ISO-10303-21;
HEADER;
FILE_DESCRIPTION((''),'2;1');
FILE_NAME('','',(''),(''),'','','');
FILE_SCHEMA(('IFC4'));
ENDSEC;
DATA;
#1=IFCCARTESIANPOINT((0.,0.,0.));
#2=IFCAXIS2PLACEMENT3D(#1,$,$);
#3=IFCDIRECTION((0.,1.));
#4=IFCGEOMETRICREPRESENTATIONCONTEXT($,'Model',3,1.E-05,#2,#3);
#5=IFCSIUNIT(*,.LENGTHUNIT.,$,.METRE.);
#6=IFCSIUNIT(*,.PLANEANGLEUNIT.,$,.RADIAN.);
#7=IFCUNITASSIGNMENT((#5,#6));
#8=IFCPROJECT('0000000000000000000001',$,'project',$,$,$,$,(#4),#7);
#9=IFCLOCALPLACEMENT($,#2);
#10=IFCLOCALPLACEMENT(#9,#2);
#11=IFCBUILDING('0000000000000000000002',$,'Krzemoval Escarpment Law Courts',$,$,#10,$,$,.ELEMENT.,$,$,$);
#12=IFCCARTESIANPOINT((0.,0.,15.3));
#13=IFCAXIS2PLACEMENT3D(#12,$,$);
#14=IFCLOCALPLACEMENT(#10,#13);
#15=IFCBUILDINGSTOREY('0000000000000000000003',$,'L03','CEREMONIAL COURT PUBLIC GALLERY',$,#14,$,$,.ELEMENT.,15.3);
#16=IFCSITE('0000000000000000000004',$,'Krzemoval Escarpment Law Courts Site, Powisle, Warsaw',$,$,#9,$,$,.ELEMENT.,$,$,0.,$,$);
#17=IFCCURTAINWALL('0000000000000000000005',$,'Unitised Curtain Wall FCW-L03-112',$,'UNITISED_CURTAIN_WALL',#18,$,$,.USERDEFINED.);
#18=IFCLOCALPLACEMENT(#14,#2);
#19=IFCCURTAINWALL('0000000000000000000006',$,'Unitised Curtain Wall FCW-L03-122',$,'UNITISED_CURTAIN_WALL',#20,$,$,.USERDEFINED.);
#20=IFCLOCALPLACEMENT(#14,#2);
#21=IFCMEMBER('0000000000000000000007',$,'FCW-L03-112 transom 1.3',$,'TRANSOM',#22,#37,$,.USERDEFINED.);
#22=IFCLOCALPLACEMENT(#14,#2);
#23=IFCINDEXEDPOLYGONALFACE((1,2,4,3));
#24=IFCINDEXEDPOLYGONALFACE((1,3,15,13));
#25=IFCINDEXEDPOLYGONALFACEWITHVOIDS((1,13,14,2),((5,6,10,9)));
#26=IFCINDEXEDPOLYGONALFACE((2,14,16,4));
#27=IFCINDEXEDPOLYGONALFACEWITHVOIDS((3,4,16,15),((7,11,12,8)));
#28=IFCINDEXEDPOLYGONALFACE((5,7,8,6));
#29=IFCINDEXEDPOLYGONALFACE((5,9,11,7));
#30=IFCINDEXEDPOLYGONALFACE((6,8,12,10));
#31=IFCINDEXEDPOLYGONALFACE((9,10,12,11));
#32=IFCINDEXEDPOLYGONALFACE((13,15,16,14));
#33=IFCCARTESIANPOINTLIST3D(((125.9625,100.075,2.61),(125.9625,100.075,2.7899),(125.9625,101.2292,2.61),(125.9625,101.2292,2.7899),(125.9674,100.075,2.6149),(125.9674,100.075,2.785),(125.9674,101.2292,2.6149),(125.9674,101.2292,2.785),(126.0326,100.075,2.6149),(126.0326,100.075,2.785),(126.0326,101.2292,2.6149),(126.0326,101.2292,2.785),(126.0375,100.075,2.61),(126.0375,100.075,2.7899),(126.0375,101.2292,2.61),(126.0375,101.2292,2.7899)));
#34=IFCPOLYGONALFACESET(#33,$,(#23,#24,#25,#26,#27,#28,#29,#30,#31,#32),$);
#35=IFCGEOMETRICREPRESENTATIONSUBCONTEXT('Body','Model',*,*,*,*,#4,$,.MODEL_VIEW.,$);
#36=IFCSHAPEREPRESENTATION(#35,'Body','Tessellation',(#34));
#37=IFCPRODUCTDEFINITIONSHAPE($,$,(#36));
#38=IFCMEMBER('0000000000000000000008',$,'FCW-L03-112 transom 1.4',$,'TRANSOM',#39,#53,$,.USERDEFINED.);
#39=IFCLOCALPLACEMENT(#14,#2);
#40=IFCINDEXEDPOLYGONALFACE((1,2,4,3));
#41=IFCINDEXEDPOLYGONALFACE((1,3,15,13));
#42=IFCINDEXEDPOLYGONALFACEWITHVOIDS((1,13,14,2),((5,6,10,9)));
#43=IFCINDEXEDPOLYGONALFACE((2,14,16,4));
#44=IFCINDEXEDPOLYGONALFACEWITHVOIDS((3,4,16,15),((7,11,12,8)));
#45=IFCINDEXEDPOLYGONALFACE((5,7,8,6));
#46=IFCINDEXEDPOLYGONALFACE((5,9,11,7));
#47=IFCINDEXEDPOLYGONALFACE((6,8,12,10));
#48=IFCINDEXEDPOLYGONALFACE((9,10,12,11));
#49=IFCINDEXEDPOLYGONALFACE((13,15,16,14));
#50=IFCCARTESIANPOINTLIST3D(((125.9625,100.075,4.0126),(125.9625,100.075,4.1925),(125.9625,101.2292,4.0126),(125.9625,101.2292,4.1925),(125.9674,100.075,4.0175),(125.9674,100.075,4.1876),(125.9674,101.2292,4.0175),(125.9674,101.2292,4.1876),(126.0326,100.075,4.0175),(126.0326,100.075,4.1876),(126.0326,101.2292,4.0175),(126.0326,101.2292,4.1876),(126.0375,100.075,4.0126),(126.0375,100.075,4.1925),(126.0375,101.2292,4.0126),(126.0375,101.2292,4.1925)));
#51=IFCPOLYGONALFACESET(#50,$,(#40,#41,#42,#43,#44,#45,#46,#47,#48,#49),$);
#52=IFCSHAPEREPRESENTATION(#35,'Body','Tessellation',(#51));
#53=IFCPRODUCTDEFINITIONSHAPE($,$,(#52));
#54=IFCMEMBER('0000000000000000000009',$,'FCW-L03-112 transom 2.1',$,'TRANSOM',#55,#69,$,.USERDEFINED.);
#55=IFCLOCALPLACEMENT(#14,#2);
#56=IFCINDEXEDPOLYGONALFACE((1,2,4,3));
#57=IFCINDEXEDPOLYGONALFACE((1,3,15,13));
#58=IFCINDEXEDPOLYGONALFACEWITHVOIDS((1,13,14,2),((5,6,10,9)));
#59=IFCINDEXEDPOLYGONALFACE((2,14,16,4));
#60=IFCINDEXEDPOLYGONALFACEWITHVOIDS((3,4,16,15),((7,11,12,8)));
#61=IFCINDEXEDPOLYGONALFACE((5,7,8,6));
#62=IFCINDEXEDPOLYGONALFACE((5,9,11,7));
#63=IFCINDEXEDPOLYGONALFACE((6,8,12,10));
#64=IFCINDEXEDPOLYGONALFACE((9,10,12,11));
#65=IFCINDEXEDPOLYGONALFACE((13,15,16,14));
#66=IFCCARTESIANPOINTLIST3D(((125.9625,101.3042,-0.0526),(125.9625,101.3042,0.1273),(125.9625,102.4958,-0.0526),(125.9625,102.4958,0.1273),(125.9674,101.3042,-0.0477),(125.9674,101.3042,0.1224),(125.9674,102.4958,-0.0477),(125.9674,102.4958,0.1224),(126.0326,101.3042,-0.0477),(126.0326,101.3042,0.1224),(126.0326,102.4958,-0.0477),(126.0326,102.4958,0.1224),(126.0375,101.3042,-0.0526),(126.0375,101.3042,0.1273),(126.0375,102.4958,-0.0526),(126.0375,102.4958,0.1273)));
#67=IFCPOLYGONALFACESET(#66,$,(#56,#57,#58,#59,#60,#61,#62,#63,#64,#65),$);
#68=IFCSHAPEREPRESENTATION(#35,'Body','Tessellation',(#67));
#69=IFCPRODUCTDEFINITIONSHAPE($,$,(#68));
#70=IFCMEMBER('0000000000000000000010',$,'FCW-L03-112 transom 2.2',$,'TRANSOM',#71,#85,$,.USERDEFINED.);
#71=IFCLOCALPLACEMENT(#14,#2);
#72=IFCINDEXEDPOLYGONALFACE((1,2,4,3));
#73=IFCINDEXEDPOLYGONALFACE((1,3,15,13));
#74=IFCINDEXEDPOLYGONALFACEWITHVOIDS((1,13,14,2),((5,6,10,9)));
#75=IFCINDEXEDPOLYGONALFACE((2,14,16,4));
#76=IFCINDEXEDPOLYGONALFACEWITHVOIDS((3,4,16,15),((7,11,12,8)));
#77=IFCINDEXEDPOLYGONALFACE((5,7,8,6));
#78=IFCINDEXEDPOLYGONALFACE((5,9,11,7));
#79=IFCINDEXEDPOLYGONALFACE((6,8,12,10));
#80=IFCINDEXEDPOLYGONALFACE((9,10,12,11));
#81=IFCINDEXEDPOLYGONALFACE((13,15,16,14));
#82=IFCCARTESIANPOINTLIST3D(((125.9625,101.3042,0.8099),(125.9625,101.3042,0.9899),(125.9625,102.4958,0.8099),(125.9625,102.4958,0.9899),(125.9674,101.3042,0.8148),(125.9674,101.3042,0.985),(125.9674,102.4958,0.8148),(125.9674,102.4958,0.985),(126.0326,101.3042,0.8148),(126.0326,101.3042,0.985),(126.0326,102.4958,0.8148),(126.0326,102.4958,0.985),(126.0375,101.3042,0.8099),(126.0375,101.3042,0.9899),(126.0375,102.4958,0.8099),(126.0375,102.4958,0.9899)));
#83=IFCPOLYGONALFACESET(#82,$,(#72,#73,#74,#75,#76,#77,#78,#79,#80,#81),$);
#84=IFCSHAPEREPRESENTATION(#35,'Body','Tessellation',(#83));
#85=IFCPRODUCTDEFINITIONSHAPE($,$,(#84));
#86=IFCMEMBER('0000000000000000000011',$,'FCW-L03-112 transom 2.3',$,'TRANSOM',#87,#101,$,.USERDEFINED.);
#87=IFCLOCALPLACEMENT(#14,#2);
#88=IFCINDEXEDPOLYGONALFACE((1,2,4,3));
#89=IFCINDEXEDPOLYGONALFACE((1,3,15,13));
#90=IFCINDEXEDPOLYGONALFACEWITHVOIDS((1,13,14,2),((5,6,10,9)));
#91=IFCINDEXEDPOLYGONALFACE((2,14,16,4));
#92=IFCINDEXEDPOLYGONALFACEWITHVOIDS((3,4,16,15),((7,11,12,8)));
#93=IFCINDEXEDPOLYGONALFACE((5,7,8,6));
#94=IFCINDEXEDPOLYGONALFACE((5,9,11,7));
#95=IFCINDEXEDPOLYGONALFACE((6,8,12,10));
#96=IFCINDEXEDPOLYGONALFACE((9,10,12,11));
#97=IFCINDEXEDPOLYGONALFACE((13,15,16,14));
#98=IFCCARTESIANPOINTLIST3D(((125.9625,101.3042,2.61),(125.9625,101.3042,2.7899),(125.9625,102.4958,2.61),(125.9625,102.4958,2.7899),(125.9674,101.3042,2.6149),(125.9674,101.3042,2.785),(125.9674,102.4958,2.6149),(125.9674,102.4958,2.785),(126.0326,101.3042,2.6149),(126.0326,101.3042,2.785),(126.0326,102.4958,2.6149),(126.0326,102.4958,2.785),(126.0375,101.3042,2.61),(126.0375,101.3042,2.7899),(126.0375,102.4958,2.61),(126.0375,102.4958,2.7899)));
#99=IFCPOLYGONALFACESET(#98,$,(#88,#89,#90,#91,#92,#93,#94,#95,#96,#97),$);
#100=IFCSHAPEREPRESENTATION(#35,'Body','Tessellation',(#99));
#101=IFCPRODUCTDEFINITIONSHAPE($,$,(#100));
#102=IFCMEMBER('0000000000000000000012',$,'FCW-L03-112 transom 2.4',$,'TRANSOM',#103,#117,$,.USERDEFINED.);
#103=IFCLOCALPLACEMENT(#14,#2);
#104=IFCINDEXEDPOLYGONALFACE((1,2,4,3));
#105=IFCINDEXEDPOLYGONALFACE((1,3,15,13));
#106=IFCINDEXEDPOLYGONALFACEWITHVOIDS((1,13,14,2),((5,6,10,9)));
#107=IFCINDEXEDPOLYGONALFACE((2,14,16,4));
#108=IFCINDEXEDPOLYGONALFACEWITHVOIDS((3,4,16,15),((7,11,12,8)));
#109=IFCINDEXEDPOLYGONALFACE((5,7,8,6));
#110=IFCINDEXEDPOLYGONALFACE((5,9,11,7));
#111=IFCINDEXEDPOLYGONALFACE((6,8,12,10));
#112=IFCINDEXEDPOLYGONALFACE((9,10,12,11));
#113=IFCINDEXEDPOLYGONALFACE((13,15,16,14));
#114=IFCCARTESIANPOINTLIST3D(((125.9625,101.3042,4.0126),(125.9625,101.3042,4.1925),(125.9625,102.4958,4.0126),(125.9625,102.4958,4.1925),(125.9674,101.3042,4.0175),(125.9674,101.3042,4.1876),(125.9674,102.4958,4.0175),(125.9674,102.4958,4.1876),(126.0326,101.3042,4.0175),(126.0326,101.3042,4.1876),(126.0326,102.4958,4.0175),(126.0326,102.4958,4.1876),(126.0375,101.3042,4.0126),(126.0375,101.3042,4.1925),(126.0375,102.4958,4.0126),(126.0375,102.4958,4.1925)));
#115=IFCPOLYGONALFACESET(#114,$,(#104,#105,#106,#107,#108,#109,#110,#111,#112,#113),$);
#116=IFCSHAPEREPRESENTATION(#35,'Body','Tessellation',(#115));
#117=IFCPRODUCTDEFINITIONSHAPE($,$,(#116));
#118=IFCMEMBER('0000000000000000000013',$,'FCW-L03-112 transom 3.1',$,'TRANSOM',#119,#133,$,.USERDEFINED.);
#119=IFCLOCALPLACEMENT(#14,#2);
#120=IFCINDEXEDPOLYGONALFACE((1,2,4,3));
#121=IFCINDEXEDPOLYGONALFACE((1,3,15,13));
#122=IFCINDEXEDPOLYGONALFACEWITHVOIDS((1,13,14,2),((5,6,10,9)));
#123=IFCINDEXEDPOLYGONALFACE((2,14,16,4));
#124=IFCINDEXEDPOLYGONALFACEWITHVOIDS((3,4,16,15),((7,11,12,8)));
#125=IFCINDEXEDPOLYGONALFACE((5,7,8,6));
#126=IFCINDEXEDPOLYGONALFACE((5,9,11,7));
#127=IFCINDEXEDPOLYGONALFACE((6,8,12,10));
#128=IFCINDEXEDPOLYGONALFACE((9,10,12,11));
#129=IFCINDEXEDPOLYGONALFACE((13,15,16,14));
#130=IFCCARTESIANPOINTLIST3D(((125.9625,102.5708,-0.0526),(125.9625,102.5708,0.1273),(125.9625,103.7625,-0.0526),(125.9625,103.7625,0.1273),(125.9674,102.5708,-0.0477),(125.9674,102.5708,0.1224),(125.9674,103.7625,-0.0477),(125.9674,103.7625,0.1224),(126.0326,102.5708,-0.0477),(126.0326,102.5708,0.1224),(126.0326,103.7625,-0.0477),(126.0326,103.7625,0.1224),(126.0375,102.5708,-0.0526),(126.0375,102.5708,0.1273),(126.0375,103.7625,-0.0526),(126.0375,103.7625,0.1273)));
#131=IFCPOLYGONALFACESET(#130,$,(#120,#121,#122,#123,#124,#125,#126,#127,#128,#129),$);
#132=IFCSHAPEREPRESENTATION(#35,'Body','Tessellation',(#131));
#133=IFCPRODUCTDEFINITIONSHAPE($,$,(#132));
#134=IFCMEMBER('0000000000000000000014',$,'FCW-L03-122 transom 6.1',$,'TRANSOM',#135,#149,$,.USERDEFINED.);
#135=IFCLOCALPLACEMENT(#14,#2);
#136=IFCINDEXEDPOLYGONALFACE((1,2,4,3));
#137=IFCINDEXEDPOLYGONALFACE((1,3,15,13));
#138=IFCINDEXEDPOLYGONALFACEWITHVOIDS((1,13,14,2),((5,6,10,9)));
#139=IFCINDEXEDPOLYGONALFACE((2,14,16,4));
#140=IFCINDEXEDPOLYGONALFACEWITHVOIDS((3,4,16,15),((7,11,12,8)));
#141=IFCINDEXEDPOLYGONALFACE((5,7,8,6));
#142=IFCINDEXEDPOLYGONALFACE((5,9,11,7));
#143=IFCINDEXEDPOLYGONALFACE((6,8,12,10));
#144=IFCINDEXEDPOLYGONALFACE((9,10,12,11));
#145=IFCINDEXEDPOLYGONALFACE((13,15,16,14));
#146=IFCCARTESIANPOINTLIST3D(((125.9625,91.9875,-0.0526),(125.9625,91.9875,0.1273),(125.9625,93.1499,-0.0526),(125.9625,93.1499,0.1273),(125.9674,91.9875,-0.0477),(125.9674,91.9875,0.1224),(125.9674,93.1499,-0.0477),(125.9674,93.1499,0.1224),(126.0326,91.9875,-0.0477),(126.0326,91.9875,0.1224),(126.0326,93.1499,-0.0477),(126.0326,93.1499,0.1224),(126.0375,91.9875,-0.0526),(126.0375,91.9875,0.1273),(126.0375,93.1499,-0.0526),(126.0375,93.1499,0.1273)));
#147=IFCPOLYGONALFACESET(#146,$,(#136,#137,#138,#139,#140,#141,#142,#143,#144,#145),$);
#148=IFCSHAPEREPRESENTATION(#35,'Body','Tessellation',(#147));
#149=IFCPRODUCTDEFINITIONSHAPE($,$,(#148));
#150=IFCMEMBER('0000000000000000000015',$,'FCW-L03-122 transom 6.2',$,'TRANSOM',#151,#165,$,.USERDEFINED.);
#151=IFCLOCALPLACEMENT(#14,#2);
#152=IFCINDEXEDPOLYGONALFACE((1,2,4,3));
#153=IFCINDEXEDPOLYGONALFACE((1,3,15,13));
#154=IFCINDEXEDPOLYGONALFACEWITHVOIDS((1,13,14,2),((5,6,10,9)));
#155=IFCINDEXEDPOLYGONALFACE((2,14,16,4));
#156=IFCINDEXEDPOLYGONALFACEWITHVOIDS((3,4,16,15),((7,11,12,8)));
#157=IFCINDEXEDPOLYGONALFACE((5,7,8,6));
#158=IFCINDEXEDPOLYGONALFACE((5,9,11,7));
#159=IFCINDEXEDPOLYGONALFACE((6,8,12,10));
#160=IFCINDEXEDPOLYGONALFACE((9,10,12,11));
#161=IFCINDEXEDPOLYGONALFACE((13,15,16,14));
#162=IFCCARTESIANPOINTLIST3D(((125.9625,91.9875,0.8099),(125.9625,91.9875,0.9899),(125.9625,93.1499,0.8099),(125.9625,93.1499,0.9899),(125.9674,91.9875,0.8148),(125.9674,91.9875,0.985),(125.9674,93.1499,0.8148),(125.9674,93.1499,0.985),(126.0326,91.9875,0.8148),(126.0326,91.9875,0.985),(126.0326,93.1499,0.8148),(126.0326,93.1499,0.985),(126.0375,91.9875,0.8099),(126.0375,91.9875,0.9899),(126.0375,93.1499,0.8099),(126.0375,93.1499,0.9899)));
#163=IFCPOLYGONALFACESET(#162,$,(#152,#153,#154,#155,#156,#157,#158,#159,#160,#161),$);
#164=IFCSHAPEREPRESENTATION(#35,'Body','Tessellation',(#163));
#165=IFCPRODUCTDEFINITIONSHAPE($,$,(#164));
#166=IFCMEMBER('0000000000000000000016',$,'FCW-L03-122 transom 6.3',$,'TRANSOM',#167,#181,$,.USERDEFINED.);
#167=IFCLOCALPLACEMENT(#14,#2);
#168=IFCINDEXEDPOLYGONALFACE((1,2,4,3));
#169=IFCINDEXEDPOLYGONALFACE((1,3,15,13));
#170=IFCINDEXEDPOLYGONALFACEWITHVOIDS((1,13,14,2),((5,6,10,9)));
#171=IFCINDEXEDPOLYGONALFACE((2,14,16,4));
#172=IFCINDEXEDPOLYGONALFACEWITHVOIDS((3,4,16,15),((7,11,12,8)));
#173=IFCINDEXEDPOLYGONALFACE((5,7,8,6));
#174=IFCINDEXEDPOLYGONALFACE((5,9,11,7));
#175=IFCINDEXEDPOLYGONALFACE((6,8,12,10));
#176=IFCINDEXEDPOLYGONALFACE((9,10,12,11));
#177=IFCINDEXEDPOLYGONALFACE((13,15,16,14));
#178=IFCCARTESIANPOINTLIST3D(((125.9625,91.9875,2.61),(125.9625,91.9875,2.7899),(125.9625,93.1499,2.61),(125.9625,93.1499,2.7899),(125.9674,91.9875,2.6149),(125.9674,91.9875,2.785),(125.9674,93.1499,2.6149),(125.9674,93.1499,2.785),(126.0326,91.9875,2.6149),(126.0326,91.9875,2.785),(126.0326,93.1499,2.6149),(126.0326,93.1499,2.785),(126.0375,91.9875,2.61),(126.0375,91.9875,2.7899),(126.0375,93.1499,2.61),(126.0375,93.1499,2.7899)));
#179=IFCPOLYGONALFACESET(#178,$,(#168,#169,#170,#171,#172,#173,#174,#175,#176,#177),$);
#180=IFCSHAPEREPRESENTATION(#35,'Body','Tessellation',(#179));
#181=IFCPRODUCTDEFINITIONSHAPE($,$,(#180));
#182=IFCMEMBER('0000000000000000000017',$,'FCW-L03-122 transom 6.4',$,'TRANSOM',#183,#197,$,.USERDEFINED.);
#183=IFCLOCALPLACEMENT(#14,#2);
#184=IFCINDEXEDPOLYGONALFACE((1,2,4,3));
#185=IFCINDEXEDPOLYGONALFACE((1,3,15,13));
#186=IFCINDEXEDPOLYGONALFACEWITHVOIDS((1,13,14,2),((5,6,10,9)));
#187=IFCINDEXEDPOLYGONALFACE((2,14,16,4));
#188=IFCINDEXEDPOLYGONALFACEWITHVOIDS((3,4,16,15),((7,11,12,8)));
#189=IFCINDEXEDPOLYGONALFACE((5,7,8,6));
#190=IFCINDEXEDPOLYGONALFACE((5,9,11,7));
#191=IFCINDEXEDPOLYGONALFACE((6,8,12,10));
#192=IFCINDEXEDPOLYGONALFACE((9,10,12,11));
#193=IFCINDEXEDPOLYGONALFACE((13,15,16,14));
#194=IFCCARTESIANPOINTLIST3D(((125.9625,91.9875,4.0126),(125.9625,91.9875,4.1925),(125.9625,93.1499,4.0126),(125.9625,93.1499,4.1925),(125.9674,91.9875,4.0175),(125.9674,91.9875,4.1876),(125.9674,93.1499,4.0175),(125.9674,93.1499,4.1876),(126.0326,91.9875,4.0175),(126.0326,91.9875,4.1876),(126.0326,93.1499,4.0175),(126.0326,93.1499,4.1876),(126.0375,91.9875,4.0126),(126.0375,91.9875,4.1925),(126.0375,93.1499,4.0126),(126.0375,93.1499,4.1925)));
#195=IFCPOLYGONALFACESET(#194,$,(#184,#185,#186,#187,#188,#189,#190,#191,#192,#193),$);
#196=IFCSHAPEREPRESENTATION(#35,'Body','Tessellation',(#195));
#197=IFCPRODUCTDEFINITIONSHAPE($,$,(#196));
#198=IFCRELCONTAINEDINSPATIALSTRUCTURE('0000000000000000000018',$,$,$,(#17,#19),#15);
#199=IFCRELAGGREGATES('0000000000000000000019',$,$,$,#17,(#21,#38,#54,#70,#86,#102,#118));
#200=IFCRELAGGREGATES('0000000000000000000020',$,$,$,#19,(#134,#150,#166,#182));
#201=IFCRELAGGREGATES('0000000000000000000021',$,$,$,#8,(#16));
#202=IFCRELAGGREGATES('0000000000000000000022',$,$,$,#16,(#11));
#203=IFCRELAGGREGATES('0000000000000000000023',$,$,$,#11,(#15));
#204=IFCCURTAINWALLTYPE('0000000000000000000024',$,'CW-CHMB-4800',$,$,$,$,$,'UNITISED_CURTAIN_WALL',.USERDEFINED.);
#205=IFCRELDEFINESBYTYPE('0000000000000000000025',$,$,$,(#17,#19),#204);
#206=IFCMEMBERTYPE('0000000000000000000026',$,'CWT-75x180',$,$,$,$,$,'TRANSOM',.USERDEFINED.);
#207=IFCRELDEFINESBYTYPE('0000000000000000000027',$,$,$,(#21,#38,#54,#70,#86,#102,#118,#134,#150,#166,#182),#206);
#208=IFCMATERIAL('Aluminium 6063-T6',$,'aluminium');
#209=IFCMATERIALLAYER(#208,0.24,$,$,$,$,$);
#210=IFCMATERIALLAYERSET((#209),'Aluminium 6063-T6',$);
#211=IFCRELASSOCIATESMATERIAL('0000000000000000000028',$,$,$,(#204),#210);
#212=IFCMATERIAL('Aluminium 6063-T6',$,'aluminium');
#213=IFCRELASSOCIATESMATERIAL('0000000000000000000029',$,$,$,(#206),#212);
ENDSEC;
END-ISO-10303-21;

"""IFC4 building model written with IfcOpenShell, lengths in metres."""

from ifc_helpers import new_model, si_unit, direction, frame, origin, origin_2d, place, context, subcontext, project, spatial, hollow_rectangle, extrude, material, layer, layer_set, material_profile, profile_set, type_object, element, aggregate, save


model = new_model("IFC4")

# Units and contexts
model_context = context("Model", 3, precision=1e-05, world=origin(), true_north=direction((0.0, 1.0)))
body_context = subcontext(model_context, "Body", "Model", "MODEL_VIEW")
ifc_project = project(units=[si_unit("LENGTHUNIT", "METRE"), si_unit("PLANEANGLEUNIT", "RADIAN")], contexts=[model_context])

# Site, building, storey
site_placement = place(None, origin())
site = spatial("IfcSite", under=ifc_project, at=site_placement, Name="Krzemoval Escarpment Law Courts Site, Powisle, Warsaw", CompositionType="ELEMENT", RefElevation=0.0)
building_placement = place(site_placement, origin())
building = spatial("IfcBuilding", under=site, at=building_placement, Name="Krzemoval Escarpment Law Courts", CompositionType="ELEMENT")
storey_placement = place(building_placement, frame((0.0, 0.0, 15.3)))
storey = spatial("IfcBuildingStorey", under=building, at=storey_placement, Name="L03", Description="CEREMONIAL COURT PUBLIC GALLERY", CompositionType="ELEMENT", Elevation=15.3)

# Curtain wall
ifc_material_1 = material(Name="Aluminium 6063-T6", Category="aluminium")
ifc_layer_1 = layer(ifc_material_1, 0.24)
ifc_layer_set_1 = layer_set([ifc_layer_1], Name="Aluminium 6063-T6")
curtain_wall_type = type_object("IfcCurtainWallType", Name="CW-CHMB-4800", ElementType="UNITISED_CURTAIN_WALL", PredefinedType="USERDEFINED", material=ifc_layer_set_1)
curtain_wall_1_placement = place(storey_placement, origin())
curtain_wall_1 = element("IfcCurtainWall", 1, at=curtain_wall_1_placement, inside=storey, type_object=curtain_wall_type, Name="Unitised Curtain Wall FCW-L03-112", ObjectType="UNITISED_CURTAIN_WALL", PredefinedType="USERDEFINED")

# Curtain wall
curtain_wall_2_placement = place(storey_placement, origin())
curtain_wall_2 = element("IfcCurtainWall", 2, at=curtain_wall_2_placement, inside=storey, type_object=curtain_wall_type, Name="Unitised Curtain Wall FCW-L03-122", ObjectType="UNITISED_CURTAIN_WALL", PredefinedType="USERDEFINED")

# Members
ifc_material_2 = material(Name="Aluminium 6063-T6", Category="aluminium")
ifc_material_profile_1 = material_profile(ifc_material_2, hollow_rectangle(XDim=0.075, YDim=0.1799, WallThickness=0.0049, at=origin_2d()), Name="ALU T75x180")
ifc_profile_set_1 = profile_set([ifc_material_profile_1], Name="Aluminium 6063-T6")
member_type_1 = type_object("IfcMemberType", Name="CWT-75x180", ElementType="TRANSOM", PredefinedType="USERDEFINED", material=ifc_profile_set_1)
member_1_placement = place(storey_placement, frame((126.0, 100.075, 2.7), z_axis=(0.0, 1.0, 0.0), x_axis=(-1.0, 0.0, 0.0)))
member_1 = element("IfcMember", 3, at=member_1_placement, type_object=member_type_1, Name="FCW-L03-112 transom 1.3", ObjectType="TRANSOM", PredefinedType="USERDEFINED", context=body_context, shape_type="SweptSolid", body=[
    extrude(hollow_rectangle(XDim=0.075, YDim=0.1799, WallThickness=0.0049, at=origin_2d()), origin(), (0.0, 0.0, 1.0), 1.1543),
])
member_2_placement = place(storey_placement, frame((126.0, 100.075, 4.1025), z_axis=(0.0, 1.0, 0.0), x_axis=(-1.0, 0.0, 0.0)))
member_2 = element("IfcMember", 4, at=member_2_placement, type_object=member_type_1, Name="FCW-L03-112 transom 1.4", ObjectType="TRANSOM", PredefinedType="USERDEFINED", context=body_context, shape_type="SweptSolid", body=[
    extrude(hollow_rectangle(XDim=0.075, YDim=0.1799, WallThickness=0.0049, at=origin_2d()), origin(), (0.0, 0.0, 1.0), 1.1543),
])
member_3_placement = place(storey_placement, frame((126.0, 101.3042, 0.0374), z_axis=(0.0, 1.0, 0.0), x_axis=(-1.0, 0.0, 0.0)))
member_3 = element("IfcMember", 5, at=member_3_placement, type_object=member_type_1, Name="FCW-L03-112 transom 2.1", ObjectType="TRANSOM", PredefinedType="USERDEFINED", context=body_context, shape_type="SweptSolid", body=[
    extrude(hollow_rectangle(XDim=0.075, YDim=0.1799, WallThickness=0.0049, at=origin_2d()), origin(), (0.0, 0.0, 1.0), 1.1917),
])
member_4_placement = place(storey_placement, frame((126.0, 101.3042, 0.8999), z_axis=(0.0, 1.0, 0.0), x_axis=(-1.0, 0.0, 0.0)))
member_4 = element("IfcMember", 6, at=member_4_placement, type_object=member_type_1, Name="FCW-L03-112 transom 2.2", ObjectType="TRANSOM", PredefinedType="USERDEFINED", context=body_context, shape_type="SweptSolid", body=[
    extrude(hollow_rectangle(XDim=0.075, YDim=0.1799, WallThickness=0.0049, at=origin_2d()), origin(), (0.0, 0.0, 1.0), 1.1917),
])
member_5_placement = place(storey_placement, frame((126.0, 101.3042, 2.7), z_axis=(0.0, 1.0, 0.0), x_axis=(-1.0, 0.0, 0.0)))
member_5 = element("IfcMember", 7, at=member_5_placement, type_object=member_type_1, Name="FCW-L03-112 transom 2.3", ObjectType="TRANSOM", PredefinedType="USERDEFINED", context=body_context, shape_type="SweptSolid", body=[
    extrude(hollow_rectangle(XDim=0.075, YDim=0.1799, WallThickness=0.0049, at=origin_2d()), origin(), (0.0, 0.0, 1.0), 1.1917),
])
member_6_placement = place(storey_placement, frame((126.0, 101.3042, 4.1025), z_axis=(0.0, 1.0, 0.0), x_axis=(-1.0, 0.0, 0.0)))
member_6 = element("IfcMember", 8, at=member_6_placement, type_object=member_type_1, Name="FCW-L03-112 transom 2.4", ObjectType="TRANSOM", PredefinedType="USERDEFINED", context=body_context, shape_type="SweptSolid", body=[
    extrude(hollow_rectangle(XDim=0.075, YDim=0.1799, WallThickness=0.0049, at=origin_2d()), origin(), (0.0, 0.0, 1.0), 1.1917),
])
member_7_placement = place(storey_placement, frame((126.0, 102.5708, 0.0374), z_axis=(0.0, 1.0, 0.0), x_axis=(-1.0, 0.0, 0.0)))
member_7 = element("IfcMember", 9, at=member_7_placement, type_object=member_type_1, Name="FCW-L03-112 transom 3.1", ObjectType="TRANSOM", PredefinedType="USERDEFINED", context=body_context, shape_type="SweptSolid", body=[
    extrude(hollow_rectangle(XDim=0.075, YDim=0.1799, WallThickness=0.0049, at=origin_2d()), origin(), (0.0, 0.0, 1.0), 1.1917),
])
member_8_placement = place(storey_placement, frame((126.0, 91.9875, 0.0374), z_axis=(0.0, 1.0, 0.0), x_axis=(-1.0, 0.0, 0.0)))
member_8 = element("IfcMember", 10, at=member_8_placement, type_object=member_type_1, Name="FCW-L03-122 transom 6.1", ObjectType="TRANSOM", PredefinedType="USERDEFINED", context=body_context, shape_type="SweptSolid", body=[
    extrude(hollow_rectangle(XDim=0.075, YDim=0.1799, WallThickness=0.0049, at=origin_2d()), origin(), (0.0, 0.0, 1.0), 1.1624),
])
member_9_placement = place(storey_placement, frame((126.0, 91.9875, 0.8999), z_axis=(0.0, 1.0, 0.0), x_axis=(-1.0, 0.0, 0.0)))
member_9 = element("IfcMember", 11, at=member_9_placement, type_object=member_type_1, Name="FCW-L03-122 transom 6.2", ObjectType="TRANSOM", PredefinedType="USERDEFINED", context=body_context, shape_type="SweptSolid", body=[
    extrude(hollow_rectangle(XDim=0.075, YDim=0.1799, WallThickness=0.0049, at=origin_2d()), origin(), (0.0, 0.0, 1.0), 1.1624),
])
member_10_placement = place(storey_placement, frame((126.0, 91.9875, 2.7), z_axis=(0.0, 1.0, 0.0), x_axis=(-1.0, 0.0, 0.0)))
member_10 = element("IfcMember", 12, at=member_10_placement, type_object=member_type_1, Name="FCW-L03-122 transom 6.3", ObjectType="TRANSOM", PredefinedType="USERDEFINED", context=body_context, shape_type="SweptSolid", body=[
    extrude(hollow_rectangle(XDim=0.075, YDim=0.1799, WallThickness=0.0049, at=origin_2d()), origin(), (0.0, 0.0, 1.0), 1.1624),
])
member_11_placement = place(storey_placement, frame((126.0, 91.9875, 4.1025), z_axis=(0.0, 1.0, 0.0), x_axis=(-1.0, 0.0, 0.0)))
member_11 = element("IfcMember", 13, at=member_11_placement, type_object=member_type_1, Name="FCW-L03-122 transom 6.4", ObjectType="TRANSOM", PredefinedType="USERDEFINED", context=body_context, shape_type="SweptSolid", body=[
    extrude(hollow_rectangle(XDim=0.075, YDim=0.1799, WallThickness=0.0049, at=origin_2d()), origin(), (0.0, 0.0, 1.0), 1.1624),
])

aggregate(curtain_wall_1, [member_1, member_2, member_3, member_4, member_5, member_6, member_7])
aggregate(curtain_wall_2, [member_8, member_9, member_10, member_11])

save(model, "model.ifc")
